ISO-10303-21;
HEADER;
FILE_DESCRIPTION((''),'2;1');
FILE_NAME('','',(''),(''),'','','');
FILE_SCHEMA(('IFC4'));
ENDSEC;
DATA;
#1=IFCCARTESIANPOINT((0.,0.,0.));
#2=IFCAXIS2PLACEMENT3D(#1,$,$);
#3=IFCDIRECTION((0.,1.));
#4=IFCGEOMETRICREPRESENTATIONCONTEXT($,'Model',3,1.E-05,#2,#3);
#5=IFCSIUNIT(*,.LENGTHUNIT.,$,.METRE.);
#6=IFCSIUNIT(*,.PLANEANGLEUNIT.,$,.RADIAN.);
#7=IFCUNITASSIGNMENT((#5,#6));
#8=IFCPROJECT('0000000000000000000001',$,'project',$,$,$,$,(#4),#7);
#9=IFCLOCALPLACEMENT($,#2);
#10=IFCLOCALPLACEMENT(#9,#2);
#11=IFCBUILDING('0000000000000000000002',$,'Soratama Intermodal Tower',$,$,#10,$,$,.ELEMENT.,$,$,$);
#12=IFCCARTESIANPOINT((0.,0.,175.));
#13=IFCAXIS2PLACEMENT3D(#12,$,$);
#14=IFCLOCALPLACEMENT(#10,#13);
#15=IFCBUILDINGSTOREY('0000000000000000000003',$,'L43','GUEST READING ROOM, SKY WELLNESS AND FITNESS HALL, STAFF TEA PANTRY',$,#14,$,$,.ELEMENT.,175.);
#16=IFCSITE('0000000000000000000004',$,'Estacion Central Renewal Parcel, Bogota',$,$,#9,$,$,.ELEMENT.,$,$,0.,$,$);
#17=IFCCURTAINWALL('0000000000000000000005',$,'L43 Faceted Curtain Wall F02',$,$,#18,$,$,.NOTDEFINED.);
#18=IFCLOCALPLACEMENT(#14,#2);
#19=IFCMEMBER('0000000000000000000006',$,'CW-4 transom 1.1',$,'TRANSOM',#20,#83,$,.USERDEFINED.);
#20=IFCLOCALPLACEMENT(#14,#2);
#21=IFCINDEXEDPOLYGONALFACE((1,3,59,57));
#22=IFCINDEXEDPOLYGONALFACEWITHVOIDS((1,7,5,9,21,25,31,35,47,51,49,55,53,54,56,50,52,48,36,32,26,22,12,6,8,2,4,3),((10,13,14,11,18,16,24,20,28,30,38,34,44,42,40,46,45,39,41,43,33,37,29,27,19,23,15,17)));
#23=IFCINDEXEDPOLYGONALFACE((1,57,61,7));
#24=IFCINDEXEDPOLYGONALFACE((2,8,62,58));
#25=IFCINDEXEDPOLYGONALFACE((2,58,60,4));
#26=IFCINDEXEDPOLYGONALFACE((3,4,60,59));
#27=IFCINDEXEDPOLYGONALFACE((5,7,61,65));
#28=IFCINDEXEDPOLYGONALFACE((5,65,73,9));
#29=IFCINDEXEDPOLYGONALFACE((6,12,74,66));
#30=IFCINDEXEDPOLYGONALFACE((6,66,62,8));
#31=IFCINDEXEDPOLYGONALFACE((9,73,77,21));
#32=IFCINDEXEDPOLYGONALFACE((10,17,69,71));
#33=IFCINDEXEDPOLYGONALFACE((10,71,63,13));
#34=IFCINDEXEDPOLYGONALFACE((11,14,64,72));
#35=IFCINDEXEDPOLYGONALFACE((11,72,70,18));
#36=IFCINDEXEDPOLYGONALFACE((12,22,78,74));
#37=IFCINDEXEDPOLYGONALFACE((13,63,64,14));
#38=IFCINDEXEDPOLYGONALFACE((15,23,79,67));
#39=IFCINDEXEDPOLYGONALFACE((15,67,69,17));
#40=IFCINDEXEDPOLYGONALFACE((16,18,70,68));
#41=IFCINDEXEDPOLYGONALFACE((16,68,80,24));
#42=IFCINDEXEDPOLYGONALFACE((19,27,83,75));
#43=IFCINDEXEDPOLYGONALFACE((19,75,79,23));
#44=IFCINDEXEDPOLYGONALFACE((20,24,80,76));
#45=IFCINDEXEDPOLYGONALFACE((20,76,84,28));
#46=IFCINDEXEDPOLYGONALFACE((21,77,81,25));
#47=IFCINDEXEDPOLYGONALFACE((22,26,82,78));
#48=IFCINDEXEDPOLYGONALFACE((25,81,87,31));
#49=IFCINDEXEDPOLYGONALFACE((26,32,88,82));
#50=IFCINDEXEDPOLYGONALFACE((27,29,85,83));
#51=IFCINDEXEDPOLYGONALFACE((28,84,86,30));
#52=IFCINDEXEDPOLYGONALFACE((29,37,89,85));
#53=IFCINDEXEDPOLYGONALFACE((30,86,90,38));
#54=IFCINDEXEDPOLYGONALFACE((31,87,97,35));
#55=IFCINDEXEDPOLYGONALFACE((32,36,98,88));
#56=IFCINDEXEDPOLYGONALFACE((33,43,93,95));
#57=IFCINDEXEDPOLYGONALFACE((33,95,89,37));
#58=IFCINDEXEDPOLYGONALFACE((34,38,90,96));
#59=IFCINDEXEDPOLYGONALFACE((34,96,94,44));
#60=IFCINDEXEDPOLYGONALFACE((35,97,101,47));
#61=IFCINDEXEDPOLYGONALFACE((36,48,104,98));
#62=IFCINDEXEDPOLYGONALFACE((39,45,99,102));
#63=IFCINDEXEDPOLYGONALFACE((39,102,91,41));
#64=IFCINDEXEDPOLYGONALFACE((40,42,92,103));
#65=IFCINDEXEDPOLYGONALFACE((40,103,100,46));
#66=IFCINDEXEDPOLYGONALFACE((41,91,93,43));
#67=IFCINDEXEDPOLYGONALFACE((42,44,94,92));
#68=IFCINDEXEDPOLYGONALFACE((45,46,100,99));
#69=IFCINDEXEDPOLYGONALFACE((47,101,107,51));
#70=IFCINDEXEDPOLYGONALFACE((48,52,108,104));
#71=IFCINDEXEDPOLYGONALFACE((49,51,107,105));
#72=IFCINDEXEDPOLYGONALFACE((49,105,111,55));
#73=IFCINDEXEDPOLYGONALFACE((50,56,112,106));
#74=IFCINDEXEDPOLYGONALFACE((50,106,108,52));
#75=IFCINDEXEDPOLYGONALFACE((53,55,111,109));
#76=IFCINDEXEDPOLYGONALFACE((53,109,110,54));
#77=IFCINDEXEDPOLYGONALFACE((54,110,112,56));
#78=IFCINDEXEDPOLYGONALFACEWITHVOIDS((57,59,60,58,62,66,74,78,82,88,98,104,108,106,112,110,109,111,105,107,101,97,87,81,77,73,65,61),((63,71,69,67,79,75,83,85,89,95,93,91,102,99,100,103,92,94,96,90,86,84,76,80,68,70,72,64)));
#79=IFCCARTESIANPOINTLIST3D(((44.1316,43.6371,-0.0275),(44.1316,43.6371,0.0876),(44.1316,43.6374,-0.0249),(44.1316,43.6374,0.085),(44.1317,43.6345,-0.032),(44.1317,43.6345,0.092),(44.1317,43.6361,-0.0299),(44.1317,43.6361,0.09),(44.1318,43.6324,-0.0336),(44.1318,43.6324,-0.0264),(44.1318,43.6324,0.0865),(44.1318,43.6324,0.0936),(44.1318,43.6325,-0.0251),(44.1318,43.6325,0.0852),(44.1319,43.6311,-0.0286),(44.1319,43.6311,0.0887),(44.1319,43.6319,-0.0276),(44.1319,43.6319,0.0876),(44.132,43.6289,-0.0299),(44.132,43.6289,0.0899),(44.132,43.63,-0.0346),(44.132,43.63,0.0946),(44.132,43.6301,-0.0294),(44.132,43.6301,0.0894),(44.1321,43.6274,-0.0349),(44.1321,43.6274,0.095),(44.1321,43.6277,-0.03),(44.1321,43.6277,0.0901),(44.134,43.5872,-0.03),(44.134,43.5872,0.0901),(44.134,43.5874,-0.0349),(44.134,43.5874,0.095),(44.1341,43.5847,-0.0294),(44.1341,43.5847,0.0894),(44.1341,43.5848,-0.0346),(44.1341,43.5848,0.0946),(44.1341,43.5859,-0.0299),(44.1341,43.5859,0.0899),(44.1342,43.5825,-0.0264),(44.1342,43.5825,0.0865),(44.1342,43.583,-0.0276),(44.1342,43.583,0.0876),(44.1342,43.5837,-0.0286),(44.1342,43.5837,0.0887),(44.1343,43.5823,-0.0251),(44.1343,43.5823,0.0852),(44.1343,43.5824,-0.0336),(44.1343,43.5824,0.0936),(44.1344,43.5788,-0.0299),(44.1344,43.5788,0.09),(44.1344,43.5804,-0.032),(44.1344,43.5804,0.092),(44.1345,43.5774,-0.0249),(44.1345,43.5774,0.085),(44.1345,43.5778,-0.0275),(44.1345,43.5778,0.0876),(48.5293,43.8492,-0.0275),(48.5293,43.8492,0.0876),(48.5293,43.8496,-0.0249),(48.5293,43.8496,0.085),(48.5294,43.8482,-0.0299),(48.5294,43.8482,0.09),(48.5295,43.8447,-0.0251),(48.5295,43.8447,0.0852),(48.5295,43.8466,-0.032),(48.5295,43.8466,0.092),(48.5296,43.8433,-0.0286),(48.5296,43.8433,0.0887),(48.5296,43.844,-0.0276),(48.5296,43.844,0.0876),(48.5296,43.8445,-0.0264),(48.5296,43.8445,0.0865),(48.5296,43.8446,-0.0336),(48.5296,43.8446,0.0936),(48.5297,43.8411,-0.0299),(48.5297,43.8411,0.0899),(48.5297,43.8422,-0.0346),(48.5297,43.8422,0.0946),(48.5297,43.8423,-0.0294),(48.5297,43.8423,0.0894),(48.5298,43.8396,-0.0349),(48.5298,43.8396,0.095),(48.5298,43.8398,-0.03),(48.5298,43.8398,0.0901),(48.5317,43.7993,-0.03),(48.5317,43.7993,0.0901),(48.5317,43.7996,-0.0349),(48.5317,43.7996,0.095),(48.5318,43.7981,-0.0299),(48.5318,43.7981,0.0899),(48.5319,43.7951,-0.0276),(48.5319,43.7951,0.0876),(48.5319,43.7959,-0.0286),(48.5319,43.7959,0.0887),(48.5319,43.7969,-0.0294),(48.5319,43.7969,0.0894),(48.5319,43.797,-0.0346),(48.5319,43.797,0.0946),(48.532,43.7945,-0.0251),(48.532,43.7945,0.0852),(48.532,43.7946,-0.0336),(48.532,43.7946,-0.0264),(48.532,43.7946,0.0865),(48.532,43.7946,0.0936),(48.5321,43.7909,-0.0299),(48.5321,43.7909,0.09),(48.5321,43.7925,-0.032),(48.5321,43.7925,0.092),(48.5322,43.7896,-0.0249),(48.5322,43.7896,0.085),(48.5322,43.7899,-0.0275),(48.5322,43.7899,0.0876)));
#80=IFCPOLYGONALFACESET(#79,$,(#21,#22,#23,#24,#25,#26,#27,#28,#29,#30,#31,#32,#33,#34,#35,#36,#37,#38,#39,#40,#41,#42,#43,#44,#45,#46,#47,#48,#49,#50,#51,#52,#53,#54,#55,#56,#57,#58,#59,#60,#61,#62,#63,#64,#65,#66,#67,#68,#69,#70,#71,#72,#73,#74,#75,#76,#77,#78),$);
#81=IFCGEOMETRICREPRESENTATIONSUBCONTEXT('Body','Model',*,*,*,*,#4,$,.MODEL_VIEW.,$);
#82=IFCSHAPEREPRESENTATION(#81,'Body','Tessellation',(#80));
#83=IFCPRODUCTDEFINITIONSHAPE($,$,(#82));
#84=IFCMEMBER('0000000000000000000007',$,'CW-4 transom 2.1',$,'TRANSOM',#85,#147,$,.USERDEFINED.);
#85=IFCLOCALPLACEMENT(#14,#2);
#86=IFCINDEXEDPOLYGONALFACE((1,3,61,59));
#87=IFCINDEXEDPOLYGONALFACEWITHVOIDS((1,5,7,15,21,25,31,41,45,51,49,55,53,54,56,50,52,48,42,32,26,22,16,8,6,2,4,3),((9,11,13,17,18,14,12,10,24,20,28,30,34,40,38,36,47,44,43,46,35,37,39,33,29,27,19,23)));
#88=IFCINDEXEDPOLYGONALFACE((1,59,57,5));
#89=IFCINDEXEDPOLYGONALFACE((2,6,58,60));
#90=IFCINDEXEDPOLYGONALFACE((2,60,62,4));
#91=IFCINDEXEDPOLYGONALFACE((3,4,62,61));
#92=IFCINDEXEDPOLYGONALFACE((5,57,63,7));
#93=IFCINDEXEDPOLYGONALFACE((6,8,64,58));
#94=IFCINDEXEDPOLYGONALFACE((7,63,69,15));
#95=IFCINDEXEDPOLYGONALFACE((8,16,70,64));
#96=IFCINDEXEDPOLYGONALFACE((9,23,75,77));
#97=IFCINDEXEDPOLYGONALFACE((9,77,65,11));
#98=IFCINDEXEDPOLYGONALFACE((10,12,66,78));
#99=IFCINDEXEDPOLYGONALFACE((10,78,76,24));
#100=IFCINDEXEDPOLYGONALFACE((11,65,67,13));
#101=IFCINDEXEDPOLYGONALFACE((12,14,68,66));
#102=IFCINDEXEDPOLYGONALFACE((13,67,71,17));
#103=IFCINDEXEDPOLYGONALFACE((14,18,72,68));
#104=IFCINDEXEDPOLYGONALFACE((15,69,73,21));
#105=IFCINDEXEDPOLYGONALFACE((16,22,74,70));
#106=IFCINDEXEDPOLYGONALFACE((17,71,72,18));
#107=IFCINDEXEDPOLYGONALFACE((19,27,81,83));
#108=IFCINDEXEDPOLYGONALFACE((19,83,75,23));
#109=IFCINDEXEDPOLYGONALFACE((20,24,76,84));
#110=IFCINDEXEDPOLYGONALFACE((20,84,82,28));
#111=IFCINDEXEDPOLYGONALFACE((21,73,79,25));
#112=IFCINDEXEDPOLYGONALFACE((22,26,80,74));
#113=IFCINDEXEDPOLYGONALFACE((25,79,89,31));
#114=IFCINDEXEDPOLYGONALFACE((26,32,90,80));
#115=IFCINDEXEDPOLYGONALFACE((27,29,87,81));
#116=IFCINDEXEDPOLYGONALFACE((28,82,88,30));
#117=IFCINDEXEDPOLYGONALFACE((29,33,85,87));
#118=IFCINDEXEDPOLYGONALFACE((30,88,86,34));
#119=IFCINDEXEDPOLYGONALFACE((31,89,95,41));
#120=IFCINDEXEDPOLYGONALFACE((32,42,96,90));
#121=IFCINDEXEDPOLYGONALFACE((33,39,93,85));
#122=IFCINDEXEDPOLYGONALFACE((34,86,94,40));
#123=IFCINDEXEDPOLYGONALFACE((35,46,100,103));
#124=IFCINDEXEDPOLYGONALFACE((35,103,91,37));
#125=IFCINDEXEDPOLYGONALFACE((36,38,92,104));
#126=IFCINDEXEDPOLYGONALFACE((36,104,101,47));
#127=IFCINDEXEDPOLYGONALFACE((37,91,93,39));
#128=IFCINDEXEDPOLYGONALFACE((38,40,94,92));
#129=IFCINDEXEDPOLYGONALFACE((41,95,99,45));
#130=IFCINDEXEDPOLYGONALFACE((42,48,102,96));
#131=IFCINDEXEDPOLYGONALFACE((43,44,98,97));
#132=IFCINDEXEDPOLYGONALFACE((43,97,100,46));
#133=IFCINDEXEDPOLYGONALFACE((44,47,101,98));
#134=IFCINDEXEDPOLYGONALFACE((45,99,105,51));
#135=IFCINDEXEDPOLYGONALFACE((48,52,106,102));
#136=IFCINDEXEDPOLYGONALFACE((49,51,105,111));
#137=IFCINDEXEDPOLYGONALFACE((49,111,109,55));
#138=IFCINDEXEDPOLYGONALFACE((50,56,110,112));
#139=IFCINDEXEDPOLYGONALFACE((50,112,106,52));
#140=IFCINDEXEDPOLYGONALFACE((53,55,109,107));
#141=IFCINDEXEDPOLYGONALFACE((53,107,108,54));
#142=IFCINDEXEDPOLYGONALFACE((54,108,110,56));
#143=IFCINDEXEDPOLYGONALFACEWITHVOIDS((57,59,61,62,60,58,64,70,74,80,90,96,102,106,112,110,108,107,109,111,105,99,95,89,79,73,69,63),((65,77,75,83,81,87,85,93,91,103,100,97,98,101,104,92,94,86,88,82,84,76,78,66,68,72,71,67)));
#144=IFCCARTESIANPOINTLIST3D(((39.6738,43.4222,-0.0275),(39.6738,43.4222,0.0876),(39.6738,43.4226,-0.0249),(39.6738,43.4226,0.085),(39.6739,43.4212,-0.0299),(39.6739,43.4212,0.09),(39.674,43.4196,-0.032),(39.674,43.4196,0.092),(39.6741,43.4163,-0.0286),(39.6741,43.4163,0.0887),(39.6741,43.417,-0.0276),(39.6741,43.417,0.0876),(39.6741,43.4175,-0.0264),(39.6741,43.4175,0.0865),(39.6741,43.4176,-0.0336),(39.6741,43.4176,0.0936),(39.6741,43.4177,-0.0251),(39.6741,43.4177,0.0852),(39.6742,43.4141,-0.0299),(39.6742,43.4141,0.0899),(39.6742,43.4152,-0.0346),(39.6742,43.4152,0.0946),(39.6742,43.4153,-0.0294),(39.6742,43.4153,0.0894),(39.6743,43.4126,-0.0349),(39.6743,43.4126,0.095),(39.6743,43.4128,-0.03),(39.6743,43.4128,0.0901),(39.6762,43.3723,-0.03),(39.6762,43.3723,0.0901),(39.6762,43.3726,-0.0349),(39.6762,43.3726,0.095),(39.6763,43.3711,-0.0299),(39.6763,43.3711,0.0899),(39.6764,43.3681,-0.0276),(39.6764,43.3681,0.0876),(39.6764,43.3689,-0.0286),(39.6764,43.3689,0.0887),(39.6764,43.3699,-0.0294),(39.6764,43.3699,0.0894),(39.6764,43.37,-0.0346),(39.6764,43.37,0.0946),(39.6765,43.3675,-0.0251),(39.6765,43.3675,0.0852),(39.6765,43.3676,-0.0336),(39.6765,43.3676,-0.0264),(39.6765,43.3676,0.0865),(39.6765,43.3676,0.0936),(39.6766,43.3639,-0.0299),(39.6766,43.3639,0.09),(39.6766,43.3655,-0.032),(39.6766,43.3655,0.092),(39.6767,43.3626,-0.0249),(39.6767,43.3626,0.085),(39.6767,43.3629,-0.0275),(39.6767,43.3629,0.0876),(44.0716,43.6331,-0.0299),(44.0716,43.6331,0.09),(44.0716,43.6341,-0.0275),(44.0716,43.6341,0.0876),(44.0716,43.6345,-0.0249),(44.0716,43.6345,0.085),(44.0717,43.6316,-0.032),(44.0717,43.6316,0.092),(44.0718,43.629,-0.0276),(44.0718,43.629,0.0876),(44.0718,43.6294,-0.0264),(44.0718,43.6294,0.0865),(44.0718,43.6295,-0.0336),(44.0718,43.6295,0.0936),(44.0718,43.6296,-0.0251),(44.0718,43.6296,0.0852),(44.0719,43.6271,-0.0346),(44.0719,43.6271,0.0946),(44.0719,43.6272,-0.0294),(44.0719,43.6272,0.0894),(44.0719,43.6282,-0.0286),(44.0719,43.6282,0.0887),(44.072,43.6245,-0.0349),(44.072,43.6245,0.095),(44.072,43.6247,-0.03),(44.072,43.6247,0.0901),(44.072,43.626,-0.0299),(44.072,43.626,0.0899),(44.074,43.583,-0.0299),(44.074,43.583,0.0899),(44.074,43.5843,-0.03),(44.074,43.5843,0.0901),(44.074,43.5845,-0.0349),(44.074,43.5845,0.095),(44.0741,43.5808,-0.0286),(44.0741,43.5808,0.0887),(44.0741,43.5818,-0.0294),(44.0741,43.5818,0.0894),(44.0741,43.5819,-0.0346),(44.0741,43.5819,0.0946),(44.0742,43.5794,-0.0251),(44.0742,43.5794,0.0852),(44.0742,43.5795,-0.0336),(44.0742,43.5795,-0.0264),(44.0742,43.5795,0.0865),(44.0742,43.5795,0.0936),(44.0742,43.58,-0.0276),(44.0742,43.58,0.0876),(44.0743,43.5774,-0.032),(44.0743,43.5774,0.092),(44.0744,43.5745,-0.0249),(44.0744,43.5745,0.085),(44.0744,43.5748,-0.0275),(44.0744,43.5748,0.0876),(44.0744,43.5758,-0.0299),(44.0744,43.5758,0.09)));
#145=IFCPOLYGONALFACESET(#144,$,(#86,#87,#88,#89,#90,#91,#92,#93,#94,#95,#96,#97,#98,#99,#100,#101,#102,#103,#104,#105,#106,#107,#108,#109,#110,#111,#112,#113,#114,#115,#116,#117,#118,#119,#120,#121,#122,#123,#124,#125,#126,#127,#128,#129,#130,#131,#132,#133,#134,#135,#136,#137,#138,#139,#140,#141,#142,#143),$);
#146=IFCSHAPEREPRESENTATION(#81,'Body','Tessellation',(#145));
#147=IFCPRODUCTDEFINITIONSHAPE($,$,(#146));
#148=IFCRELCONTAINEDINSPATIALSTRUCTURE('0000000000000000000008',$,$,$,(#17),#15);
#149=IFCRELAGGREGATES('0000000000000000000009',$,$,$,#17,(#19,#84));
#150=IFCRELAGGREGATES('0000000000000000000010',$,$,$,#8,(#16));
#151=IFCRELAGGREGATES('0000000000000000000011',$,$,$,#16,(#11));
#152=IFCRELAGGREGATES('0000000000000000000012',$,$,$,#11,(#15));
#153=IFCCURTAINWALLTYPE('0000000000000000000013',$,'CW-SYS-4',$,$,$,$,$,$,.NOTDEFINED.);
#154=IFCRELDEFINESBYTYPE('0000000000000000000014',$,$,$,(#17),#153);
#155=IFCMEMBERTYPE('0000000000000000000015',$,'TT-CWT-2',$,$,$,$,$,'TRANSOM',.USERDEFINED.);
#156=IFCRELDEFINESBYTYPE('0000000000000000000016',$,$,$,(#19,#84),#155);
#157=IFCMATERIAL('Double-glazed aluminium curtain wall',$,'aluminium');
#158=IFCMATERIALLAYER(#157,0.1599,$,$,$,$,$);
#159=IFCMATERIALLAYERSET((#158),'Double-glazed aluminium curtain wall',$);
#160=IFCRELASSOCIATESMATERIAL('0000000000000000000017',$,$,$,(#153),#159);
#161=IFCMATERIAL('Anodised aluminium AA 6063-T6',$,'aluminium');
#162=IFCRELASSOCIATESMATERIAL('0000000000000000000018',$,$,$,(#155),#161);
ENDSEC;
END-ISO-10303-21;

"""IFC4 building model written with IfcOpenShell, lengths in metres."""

from ifc_helpers import new_model, si_unit, direction, frame, origin, origin_2d, place, context, subcontext, project, spatial, hollow_rectangle, extrude, material, layer, layer_set, material_profile, profile_set, type_object, element, aggregate, save


model = new_model("IFC4")

# Units and contexts
model_context = context("Model", 3, precision=1e-05, world=origin(), true_north=direction((0.0, 1.0)))
body_context = subcontext(model_context, "Body", "Model", "MODEL_VIEW")
ifc_project = project(units=[si_unit("LENGTHUNIT", "METRE"), si_unit("PLANEANGLEUNIT", "RADIAN")], contexts=[model_context])

# Site, building, storey
site_placement = place(None, origin())
site = spatial("IfcSite", under=ifc_project, at=site_placement, Name="Estacion Central Renewal Parcel, Bogota", CompositionType="ELEMENT", RefElevation=0.0)
building_placement = place(site_placement, origin())
building = spatial("IfcBuilding", under=site, at=building_placement, Name="Soratama Intermodal Tower", CompositionType="ELEMENT")
storey_placement = place(building_placement, frame((0.0, 0.0, 175.0)))
storey = spatial("IfcBuildingStorey", under=building, at=storey_placement, Name="L43", Description="GUEST READING ROOM, SKY WELLNESS AND FITNESS HALL, STAFF TEA PANTRY", CompositionType="ELEMENT", Elevation=175.0)

# Curtain wall, members
ifc_material_1 = material(Name="Double-glazed aluminium curtain wall", Category="aluminium")
ifc_layer_1 = layer(ifc_material_1, 0.1599)
ifc_layer_set_1 = layer_set([ifc_layer_1], Name="Double-glazed aluminium curtain wall")
curtain_wall_type = type_object("IfcCurtainWallType", Name="CW-SYS-4", PredefinedType="NOTDEFINED", material=ifc_layer_set_1)
curtain_wall_placement = place(storey_placement, origin())
curtain_wall = element("IfcCurtainWall", 1, at=curtain_wall_placement, inside=storey, type_object=curtain_wall_type, Name="L43 Faceted Curtain Wall F02", PredefinedType="NOTDEFINED")
ifc_material_2 = material(Name="Anodised aluminium AA 6063-T6", Category="aluminium")
ifc_material_profile_1 = material_profile(ifc_material_2, hollow_rectangle(XDim=0.0601, YDim=0.1299, WallThickness=0.0049, InnerFilletRadius=0.0049, OuterFilletRadius=0.01, at=origin_2d()), Name="CWT130X60X5")
ifc_profile_set_1 = profile_set([ifc_material_profile_1], Name="Anodised aluminium AA 6063-T6")
member_type_1 = type_object("IfcMemberType", Name="TT-CWT-2", ElementType="TRANSOM", PredefinedType="USERDEFINED", material=ifc_profile_set_1)
member_1_placement = place(storey_placement, frame((48.5308, 43.8196, 0.03), z_axis=(-0.998838, -0.048187, 0.0), x_axis=(0.048187, -0.998838, 0.0)))
member_1 = element("IfcMember", 2, at=member_1_placement, type_object=member_type_1, Name="CW-4 transom 1.1", ObjectType="TRANSOM", PredefinedType="USERDEFINED", context=body_context, shape_type="SweptSolid", body=[
    extrude(hollow_rectangle(XDim=0.0601, YDim=0.1299, WallThickness=0.0049, InnerFilletRadius=0.0049, OuterFilletRadius=0.01, at=origin_2d()), origin(), (0.0, 0.0, 1.0), 4.4028),
])
member_2_placement = place(storey_placement, frame((44.073, 43.6045, 0.03), z_axis=(-0.998841, -0.048132, 0.0), x_axis=(0.048132, -0.998841, 0.0)))
member_2 = element("IfcMember", 3, at=member_2_placement, type_object=member_type_1, Name="CW-4 transom 2.1", ObjectType="TRANSOM", PredefinedType="USERDEFINED", context=body_context, shape_type="SweptSolid", body=[
    extrude(hollow_rectangle(XDim=0.0601, YDim=0.1299, WallThickness=0.0049, InnerFilletRadius=0.0049, OuterFilletRadius=0.01, at=origin_2d()), origin(), (0.0, 0.0, 1.0), 4.4028),
])
aggregate(curtain_wall, [member_1, member_2])

save(model, "model.ifc")
